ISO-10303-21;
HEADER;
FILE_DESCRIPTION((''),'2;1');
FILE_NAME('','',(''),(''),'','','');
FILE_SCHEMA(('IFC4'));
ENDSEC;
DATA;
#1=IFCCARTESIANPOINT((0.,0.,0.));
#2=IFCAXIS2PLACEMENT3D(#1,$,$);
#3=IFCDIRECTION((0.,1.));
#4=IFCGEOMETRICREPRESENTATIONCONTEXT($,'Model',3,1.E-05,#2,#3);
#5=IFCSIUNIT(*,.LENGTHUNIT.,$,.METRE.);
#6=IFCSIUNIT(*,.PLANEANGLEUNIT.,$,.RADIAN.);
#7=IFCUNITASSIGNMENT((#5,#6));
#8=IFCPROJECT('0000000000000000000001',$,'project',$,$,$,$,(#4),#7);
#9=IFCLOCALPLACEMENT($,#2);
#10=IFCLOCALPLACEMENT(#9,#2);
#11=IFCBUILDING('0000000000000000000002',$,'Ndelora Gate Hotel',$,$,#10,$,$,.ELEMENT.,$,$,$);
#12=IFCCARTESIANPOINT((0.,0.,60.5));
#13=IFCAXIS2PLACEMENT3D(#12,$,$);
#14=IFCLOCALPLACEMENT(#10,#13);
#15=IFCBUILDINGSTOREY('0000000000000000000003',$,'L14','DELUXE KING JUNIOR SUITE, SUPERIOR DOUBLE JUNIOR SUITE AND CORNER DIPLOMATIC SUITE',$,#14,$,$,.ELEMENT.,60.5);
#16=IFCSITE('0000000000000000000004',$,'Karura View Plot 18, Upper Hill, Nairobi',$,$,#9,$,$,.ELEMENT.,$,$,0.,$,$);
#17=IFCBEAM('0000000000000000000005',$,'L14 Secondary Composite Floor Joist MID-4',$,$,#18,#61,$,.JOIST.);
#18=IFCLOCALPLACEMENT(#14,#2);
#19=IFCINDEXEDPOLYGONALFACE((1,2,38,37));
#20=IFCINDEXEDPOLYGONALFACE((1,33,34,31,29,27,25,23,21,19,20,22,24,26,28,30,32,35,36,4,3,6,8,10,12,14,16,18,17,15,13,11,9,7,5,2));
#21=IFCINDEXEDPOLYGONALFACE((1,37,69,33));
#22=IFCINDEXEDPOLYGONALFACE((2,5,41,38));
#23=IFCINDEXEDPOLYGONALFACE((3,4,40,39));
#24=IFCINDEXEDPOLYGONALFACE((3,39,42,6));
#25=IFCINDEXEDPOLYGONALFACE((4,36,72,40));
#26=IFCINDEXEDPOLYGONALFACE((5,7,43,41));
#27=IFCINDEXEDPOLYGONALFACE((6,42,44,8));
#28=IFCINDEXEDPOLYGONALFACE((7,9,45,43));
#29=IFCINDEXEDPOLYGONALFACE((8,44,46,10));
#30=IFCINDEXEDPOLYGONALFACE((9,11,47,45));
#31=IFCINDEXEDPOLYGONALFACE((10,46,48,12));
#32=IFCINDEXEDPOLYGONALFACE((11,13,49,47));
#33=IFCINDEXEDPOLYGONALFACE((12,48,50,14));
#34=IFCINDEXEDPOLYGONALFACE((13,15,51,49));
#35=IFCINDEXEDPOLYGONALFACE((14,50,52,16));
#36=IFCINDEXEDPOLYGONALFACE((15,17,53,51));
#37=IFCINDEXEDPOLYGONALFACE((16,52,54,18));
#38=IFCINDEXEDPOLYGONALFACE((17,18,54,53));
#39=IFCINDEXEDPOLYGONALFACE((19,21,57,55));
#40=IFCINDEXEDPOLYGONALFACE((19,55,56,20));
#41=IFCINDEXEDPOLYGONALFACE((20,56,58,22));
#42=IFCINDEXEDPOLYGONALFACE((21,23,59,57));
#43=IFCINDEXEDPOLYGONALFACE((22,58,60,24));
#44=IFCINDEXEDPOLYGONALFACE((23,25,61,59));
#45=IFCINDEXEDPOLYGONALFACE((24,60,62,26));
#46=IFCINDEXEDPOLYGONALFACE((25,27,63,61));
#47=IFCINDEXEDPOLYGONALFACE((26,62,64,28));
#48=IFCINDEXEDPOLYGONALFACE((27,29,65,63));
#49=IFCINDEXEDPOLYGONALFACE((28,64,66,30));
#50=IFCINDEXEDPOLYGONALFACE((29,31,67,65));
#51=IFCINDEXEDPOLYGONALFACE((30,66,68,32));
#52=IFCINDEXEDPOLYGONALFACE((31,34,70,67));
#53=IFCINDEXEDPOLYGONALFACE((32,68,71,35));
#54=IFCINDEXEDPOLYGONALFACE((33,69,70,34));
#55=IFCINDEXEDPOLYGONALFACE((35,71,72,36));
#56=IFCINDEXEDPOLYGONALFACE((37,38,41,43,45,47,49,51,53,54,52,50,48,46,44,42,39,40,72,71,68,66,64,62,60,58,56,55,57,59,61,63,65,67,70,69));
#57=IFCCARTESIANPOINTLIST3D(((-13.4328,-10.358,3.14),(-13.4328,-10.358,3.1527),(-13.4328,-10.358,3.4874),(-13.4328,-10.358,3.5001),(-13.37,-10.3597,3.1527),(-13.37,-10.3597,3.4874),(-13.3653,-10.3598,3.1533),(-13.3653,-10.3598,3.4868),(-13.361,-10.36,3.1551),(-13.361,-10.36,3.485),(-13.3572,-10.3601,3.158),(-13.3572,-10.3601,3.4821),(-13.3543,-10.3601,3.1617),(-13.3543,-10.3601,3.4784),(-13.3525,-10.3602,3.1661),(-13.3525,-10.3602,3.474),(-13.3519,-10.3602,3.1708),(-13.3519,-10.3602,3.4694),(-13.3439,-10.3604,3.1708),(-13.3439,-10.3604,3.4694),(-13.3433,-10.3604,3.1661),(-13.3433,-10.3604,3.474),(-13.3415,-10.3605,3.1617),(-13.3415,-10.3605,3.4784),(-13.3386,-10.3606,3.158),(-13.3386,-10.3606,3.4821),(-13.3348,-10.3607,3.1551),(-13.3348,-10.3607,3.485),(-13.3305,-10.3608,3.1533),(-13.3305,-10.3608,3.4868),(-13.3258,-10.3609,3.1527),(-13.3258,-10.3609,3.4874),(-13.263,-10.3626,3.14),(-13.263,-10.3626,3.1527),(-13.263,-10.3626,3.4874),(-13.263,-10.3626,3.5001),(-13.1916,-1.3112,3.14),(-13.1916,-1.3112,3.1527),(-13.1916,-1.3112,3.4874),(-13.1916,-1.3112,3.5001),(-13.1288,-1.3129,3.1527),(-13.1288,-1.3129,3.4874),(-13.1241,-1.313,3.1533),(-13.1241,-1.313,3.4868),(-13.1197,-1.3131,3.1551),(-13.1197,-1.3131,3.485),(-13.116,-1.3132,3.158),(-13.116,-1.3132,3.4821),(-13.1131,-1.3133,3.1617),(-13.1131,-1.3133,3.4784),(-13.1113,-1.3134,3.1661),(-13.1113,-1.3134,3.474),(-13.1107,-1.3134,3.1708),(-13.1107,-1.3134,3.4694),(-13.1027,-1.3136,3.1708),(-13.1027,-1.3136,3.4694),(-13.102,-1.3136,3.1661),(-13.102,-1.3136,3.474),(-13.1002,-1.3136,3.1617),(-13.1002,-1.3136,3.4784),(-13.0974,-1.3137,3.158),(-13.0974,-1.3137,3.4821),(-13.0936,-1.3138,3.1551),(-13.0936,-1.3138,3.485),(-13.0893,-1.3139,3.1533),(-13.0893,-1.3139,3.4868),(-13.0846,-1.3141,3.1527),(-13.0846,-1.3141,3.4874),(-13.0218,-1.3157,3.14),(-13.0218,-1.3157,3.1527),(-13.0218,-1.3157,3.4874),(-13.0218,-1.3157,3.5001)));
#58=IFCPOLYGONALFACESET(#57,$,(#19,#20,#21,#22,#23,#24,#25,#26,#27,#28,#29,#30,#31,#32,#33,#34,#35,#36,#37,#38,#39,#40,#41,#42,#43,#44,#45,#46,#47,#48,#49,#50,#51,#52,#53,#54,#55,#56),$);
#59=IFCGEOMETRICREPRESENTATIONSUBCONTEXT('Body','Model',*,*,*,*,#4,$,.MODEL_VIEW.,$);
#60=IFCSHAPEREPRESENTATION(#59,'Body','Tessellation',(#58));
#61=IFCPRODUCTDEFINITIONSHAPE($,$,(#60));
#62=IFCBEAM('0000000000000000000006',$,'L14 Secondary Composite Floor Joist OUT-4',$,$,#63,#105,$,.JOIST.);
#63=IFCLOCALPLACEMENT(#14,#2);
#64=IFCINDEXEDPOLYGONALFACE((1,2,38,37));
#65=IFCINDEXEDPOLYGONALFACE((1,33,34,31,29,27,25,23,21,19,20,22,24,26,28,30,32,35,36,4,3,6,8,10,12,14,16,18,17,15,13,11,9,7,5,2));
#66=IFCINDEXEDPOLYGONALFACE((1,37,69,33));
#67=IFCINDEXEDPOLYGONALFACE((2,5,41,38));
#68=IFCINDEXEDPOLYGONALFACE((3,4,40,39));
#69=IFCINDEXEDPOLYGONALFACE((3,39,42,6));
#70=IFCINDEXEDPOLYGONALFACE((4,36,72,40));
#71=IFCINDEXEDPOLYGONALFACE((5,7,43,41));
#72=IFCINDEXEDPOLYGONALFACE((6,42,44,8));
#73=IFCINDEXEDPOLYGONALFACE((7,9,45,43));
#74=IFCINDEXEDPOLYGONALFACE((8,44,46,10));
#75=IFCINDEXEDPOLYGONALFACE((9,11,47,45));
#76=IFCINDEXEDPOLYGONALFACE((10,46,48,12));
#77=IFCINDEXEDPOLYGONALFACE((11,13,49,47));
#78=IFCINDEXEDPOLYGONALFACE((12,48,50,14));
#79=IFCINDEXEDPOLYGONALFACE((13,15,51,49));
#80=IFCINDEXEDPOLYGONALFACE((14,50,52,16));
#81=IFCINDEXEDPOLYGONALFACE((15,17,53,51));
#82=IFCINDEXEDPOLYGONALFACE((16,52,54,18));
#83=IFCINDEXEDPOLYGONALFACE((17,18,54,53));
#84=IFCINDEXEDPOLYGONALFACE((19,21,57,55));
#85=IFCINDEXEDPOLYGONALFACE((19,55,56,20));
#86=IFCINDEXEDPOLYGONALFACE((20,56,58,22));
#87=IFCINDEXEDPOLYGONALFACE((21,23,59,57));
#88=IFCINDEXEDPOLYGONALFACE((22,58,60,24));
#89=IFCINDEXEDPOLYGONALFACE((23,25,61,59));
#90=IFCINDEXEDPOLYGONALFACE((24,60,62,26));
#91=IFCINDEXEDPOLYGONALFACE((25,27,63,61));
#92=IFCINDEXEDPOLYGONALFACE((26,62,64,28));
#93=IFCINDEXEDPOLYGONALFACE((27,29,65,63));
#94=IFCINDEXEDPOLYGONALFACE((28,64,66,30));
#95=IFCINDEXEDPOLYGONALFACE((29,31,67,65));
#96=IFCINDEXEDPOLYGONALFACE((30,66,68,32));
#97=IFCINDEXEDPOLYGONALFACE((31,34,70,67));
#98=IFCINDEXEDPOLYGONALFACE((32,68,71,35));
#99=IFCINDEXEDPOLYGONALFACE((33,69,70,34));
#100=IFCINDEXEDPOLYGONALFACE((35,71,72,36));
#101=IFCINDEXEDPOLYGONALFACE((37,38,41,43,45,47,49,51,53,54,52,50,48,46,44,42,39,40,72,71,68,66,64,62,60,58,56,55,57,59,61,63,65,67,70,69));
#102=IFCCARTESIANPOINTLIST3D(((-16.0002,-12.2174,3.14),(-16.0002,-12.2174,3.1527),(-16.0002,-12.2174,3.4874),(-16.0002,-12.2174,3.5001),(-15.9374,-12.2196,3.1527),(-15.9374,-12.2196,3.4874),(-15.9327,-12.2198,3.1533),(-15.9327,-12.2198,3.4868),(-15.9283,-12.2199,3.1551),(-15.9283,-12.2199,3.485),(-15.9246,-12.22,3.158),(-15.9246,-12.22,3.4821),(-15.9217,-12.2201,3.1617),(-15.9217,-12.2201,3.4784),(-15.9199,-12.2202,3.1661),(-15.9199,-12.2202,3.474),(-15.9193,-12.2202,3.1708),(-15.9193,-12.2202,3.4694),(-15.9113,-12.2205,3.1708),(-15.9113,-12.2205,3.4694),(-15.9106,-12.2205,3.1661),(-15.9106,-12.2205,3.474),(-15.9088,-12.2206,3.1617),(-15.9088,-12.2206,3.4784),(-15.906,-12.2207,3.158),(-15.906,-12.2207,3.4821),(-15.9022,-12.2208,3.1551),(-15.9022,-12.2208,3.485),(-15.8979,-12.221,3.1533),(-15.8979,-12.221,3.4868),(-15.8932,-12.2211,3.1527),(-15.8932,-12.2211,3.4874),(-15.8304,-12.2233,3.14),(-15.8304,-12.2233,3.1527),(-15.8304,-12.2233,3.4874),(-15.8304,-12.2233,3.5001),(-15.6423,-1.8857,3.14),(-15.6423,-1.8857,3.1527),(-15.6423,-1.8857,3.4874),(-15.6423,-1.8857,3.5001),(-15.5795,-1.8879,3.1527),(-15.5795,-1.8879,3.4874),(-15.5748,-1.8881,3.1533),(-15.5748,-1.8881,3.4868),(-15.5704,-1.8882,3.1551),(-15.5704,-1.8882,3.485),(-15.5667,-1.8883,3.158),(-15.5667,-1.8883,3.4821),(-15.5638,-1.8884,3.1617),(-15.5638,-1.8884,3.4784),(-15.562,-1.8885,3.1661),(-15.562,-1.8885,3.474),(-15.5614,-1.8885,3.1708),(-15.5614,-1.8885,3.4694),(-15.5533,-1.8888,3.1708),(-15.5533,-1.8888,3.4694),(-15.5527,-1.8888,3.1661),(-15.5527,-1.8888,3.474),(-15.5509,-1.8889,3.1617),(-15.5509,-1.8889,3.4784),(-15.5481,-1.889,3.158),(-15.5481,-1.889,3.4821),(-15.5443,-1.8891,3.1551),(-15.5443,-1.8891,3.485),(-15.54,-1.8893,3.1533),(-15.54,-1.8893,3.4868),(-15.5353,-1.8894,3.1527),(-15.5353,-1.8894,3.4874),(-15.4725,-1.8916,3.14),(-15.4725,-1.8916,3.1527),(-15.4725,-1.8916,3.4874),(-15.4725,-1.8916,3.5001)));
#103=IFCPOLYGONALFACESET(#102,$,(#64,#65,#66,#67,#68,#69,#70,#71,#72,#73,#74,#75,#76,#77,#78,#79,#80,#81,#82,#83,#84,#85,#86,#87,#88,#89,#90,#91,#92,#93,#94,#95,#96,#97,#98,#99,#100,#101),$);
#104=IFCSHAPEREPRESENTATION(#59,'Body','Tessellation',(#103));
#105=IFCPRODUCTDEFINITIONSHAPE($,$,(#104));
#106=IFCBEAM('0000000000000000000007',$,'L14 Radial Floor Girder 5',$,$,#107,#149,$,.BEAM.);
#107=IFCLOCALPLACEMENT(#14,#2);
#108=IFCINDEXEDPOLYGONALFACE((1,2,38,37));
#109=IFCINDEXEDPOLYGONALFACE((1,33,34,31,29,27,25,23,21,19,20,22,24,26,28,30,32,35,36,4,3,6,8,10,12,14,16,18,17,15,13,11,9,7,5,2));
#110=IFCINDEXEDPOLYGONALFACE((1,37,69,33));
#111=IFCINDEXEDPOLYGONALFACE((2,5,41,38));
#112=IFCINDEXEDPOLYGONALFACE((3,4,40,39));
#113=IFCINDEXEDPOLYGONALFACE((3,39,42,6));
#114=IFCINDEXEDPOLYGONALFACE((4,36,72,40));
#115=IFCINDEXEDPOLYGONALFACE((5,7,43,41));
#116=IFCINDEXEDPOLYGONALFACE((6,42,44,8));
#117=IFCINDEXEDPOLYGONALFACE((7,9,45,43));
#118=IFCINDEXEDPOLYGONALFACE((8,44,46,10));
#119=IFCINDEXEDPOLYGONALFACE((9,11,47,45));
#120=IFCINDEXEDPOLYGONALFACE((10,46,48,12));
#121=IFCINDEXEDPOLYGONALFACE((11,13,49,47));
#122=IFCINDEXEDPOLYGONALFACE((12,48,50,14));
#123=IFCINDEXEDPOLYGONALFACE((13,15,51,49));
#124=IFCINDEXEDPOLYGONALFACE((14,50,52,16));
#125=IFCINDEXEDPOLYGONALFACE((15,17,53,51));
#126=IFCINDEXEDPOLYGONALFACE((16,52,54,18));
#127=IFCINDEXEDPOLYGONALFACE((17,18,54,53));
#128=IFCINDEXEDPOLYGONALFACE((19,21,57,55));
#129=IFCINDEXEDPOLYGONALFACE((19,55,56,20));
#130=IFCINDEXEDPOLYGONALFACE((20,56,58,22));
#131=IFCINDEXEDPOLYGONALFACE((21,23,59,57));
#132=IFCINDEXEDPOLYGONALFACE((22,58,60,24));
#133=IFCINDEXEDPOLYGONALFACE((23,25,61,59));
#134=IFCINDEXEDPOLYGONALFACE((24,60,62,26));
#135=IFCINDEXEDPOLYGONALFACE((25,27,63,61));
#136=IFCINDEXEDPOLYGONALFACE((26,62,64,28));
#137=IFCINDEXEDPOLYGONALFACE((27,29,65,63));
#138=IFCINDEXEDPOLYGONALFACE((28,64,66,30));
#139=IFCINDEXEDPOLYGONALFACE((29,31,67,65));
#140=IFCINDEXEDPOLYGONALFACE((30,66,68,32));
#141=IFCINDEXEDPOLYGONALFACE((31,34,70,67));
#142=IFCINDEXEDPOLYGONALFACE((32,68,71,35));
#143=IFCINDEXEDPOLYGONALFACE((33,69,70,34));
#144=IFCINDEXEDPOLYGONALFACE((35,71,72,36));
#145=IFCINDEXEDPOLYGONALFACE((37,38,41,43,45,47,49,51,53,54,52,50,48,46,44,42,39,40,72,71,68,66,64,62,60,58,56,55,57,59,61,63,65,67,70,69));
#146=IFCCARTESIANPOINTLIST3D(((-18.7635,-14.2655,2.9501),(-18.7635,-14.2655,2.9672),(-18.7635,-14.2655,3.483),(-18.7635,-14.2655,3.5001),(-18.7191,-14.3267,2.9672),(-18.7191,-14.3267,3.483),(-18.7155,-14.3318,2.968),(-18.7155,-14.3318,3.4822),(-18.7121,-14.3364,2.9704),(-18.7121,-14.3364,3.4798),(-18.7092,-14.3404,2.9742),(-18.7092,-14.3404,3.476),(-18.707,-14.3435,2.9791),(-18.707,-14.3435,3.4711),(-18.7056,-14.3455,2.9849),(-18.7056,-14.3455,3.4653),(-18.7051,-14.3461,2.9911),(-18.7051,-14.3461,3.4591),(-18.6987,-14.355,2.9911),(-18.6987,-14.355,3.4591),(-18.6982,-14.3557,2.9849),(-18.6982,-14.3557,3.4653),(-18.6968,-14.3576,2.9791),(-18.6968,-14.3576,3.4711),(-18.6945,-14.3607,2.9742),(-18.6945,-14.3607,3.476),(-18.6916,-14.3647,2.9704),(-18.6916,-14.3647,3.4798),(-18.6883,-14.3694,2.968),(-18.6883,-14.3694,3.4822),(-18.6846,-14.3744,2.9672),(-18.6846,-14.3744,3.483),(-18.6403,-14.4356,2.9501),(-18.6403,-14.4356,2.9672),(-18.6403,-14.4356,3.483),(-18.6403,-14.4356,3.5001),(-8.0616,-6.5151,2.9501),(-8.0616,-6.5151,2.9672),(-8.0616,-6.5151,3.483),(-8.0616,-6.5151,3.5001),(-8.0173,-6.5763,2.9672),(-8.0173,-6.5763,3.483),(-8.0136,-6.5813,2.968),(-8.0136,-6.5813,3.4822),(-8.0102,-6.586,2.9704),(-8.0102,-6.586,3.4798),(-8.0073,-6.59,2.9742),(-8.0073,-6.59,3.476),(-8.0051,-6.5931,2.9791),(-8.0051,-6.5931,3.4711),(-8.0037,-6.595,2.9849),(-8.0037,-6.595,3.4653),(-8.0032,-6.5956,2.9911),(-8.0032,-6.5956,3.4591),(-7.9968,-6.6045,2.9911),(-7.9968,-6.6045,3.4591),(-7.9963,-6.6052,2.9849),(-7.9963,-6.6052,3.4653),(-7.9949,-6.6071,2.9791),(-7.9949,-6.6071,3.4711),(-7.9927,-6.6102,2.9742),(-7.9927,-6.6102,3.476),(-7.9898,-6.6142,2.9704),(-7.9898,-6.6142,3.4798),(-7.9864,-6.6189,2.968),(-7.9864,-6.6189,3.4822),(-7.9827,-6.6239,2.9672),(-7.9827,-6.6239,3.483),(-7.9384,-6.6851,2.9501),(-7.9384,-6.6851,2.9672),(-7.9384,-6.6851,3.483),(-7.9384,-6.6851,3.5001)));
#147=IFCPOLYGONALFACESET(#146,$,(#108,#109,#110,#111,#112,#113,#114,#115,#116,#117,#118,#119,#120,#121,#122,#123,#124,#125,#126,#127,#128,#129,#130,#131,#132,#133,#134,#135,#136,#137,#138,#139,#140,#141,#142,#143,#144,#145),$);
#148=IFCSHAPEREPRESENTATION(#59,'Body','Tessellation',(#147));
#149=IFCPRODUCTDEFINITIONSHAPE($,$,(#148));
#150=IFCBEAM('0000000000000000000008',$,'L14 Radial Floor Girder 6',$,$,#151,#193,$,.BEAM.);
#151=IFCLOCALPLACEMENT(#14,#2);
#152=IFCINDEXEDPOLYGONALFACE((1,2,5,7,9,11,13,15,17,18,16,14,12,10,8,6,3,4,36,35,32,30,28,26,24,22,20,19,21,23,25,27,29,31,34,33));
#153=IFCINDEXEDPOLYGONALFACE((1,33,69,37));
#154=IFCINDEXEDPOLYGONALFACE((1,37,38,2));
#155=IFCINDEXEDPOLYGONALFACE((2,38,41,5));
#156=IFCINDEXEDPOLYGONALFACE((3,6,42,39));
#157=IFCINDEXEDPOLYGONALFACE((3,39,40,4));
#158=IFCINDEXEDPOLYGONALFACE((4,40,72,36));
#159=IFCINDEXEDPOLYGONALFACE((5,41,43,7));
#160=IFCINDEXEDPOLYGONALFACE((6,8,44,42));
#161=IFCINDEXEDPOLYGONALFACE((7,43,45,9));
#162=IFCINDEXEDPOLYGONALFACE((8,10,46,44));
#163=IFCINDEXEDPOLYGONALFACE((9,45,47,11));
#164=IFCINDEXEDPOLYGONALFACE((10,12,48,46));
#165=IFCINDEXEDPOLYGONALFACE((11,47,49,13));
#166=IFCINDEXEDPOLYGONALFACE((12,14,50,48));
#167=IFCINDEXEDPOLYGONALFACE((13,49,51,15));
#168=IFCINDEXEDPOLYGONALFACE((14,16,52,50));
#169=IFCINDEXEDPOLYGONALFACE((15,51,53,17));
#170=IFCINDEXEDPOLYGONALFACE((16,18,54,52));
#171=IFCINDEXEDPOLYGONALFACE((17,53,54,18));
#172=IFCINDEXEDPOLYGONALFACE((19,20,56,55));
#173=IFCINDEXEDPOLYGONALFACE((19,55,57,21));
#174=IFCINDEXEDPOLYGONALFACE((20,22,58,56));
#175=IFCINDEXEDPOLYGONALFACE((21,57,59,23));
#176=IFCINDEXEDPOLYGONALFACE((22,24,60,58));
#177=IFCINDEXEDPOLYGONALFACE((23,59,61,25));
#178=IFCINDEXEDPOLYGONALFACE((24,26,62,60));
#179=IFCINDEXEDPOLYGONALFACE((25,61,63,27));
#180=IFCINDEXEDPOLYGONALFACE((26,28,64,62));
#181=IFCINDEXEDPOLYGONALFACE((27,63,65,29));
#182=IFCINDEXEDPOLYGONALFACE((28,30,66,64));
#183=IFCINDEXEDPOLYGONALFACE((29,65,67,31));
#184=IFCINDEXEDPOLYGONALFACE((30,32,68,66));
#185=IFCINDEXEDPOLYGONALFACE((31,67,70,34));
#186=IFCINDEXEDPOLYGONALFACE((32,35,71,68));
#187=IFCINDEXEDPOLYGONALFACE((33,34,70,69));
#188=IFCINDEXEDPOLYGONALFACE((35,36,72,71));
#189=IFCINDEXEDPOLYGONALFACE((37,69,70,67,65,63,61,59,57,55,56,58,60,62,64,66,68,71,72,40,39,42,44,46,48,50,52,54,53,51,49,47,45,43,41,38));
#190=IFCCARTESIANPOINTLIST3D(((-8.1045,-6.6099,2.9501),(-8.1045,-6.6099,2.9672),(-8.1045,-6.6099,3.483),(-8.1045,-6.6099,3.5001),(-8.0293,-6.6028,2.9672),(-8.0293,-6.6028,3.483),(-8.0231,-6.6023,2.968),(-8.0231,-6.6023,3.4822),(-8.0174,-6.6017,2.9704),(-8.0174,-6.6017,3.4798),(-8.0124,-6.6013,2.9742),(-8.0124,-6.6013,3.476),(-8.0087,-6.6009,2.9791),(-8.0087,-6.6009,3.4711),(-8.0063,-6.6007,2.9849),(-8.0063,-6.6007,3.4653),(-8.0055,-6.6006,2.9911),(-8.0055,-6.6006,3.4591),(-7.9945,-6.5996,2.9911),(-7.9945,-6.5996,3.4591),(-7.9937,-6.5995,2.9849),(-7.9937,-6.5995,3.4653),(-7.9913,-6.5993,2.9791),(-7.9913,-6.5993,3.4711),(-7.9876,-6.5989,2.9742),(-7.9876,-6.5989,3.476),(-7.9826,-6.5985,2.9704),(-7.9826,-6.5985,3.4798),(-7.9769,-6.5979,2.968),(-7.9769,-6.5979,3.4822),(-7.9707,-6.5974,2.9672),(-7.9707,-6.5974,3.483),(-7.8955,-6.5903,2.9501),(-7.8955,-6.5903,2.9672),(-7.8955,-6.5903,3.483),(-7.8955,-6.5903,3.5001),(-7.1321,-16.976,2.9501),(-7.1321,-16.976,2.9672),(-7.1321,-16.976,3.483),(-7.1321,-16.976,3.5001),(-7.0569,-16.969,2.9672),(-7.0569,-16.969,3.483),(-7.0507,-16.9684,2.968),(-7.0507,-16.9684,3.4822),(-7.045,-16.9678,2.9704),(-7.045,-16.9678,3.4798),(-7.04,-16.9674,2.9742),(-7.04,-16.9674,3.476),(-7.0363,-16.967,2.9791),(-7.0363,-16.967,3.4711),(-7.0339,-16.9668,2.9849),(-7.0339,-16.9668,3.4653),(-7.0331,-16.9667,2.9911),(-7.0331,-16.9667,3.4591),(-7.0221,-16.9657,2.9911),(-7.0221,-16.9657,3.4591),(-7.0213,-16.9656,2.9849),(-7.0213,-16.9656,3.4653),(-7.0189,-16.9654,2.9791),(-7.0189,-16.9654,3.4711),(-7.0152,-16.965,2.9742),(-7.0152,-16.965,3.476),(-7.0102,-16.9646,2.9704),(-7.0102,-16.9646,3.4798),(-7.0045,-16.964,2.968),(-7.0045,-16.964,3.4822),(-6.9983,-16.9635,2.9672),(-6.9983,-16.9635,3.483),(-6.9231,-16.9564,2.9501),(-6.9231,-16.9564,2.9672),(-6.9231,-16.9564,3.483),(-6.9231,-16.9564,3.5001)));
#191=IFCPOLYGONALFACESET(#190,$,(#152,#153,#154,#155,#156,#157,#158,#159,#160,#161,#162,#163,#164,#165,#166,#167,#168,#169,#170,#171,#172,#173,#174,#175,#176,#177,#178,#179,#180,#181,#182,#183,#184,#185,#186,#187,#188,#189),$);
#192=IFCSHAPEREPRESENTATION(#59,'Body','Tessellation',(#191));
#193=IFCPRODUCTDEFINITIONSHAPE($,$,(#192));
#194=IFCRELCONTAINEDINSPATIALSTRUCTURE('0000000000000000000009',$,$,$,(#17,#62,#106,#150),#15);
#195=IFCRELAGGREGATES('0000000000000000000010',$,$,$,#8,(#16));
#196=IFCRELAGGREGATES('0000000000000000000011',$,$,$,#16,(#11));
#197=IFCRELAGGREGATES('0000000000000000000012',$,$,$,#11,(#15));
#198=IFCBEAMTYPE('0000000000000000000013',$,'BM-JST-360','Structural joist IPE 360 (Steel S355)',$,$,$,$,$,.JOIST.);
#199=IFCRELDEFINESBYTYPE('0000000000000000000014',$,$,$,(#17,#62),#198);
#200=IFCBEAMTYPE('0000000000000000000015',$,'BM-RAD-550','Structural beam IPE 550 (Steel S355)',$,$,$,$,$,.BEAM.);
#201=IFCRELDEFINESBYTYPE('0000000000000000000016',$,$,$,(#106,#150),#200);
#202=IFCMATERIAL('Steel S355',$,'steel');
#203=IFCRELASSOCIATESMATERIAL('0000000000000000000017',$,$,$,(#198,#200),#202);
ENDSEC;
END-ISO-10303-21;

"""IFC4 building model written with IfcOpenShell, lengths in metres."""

from ifc_helpers import new_model, si_unit, direction, frame, origin, origin_2d, place, context, subcontext, project, spatial, i_section, extrude, material, material_profile, profile_set, type_object, element, save


model = new_model("IFC4")

# Units and contexts
model_context = context("Model", 3, precision=1e-05, world=origin(), true_north=direction((0.0, 1.0)))
body_context = subcontext(model_context, "Body", "Model", "MODEL_VIEW")
ifc_project = project(units=[si_unit("LENGTHUNIT", "METRE"), si_unit("PLANEANGLEUNIT", "RADIAN")], contexts=[model_context])

# Site, building, storey
site_placement = place(None, origin())
site = spatial("IfcSite", under=ifc_project, at=site_placement, Name="Karura View Plot 18, Upper Hill, Nairobi", CompositionType="ELEMENT", RefElevation=0.0)
building_placement = place(site_placement, origin())
building = spatial("IfcBuilding", under=site, at=building_placement, Name="Ndelora Gate Hotel", CompositionType="ELEMENT")
storey_placement = place(building_placement, frame((0.0, 0.0, 60.5)))
storey = spatial("IfcBuildingStorey", under=building, at=storey_placement, Name="L14", Description="DELUXE KING JUNIOR SUITE, SUPERIOR DOUBLE JUNIOR SUITE AND CORNER DIPLOMATIC SUITE", CompositionType="ELEMENT", Elevation=60.5)

# Beams
ifc_material_1 = material(Name="Steel S355", Category="steel")
ifc_material_profile_1 = material_profile(ifc_material_1, i_section(OverallWidth=0.1699, OverallDepth=0.3601, WebThickness=0.0081, FlangeThickness=0.0127, FilletRadius=0.0181, at=origin_2d()), Name="IPE 360")
ifc_profile_set_1 = profile_set([ifc_material_profile_1], Name="Steel S355")
beam_type_1 = type_object("IfcBeamType", Name="BM-JST-360", Description="Structural joist IPE 360 (Steel S355)", PredefinedType="JOIST", material=ifc_profile_set_1)
beam_1_placement = place(storey_placement, frame((-13.1067, -1.3135, 3.3201), z_axis=(-0.026653, -0.999645, 0.0), x_axis=(0.999645, -0.026653, 0.0)))
element("IfcBeam", 1, at=beam_1_placement, inside=storey, type_object=beam_type_1, Name="L14 Secondary Composite Floor Joist MID-4", PredefinedType="JOIST", context=body_context, shape_type="SweptSolid", body=[
    extrude(i_section(OverallWidth=0.1699, OverallDepth=0.3601, WebThickness=0.0081, FlangeThickness=0.0127, FilletRadius=0.0181, at=origin_2d()), origin(), (0.0, 0.0, 1.0), 9.05),
])
beam_2_placement = place(storey_placement, frame((-15.5574, -1.8887, 3.3201), z_axis=(-0.034621, -0.999401, 0.0), x_axis=(0.999401, -0.034621, 0.0)))
element("IfcBeam", 2, at=beam_2_placement, inside=storey, type_object=beam_type_1, Name="L14 Secondary Composite Floor Joist OUT-4", PredefinedType="JOIST", context=body_context, shape_type="SweptSolid", body=[
    extrude(i_section(OverallWidth=0.1699, OverallDepth=0.3601, WebThickness=0.0081, FlangeThickness=0.0127, FilletRadius=0.0181, at=origin_2d()), origin(), (0.0, 0.0, 1.0), 10.3379),
])
ifc_material_profile_2 = material_profile(ifc_material_1, i_section(OverallWidth=0.21, OverallDepth=0.55, WebThickness=0.011, FlangeThickness=0.0171, FilletRadius=0.0239, at=origin_2d()), Name="IPE 550")
ifc_profile_set_2 = profile_set([ifc_material_profile_2], Name="Steel S355")
beam_type_2 = type_object("IfcBeamType", Name="BM-RAD-550", Description="Structural beam IPE 550 (Steel S355)", PredefinedType="BEAM", material=ifc_profile_set_2)
beam_3_placement = place(storey_placement, frame((-8.0, -6.6001, 3.2251), z_axis=(-0.809912, -0.586551, 0.0), x_axis=(0.586551, -0.809912, 0.0)))
element("IfcBeam", 3, at=beam_3_placement, inside=storey, type_object=beam_type_2, Name="L14 Radial Floor Girder 5", PredefinedType="BEAM", context=body_context, shape_type="SweptSolid", body=[
    extrude(i_section(OverallWidth=0.21, OverallDepth=0.55, WebThickness=0.011, FlangeThickness=0.0171, FilletRadius=0.0239, at=origin_2d()), origin(), (0.0, 0.0, 1.0), 13.2136),
])
beam_4_placement = place(storey_placement, frame((-8.0, -6.6001, 3.2251), z_axis=(0.093396, -0.995629, 0.0), x_axis=(0.995629, 0.093396, 0.0)))
element("IfcBeam", 4, at=beam_4_placement, inside=storey, type_object=beam_type_2, Name="L14 Radial Floor Girder 6", PredefinedType="BEAM", context=body_context, shape_type="SweptSolid", body=[
    extrude(i_section(OverallWidth=0.21, OverallDepth=0.55, WebThickness=0.011, FlangeThickness=0.0171, FilletRadius=0.0239, at=origin_2d()), origin(), (0.0, 0.0, 1.0), 10.4116),
])

save(model, "model.ifc")
